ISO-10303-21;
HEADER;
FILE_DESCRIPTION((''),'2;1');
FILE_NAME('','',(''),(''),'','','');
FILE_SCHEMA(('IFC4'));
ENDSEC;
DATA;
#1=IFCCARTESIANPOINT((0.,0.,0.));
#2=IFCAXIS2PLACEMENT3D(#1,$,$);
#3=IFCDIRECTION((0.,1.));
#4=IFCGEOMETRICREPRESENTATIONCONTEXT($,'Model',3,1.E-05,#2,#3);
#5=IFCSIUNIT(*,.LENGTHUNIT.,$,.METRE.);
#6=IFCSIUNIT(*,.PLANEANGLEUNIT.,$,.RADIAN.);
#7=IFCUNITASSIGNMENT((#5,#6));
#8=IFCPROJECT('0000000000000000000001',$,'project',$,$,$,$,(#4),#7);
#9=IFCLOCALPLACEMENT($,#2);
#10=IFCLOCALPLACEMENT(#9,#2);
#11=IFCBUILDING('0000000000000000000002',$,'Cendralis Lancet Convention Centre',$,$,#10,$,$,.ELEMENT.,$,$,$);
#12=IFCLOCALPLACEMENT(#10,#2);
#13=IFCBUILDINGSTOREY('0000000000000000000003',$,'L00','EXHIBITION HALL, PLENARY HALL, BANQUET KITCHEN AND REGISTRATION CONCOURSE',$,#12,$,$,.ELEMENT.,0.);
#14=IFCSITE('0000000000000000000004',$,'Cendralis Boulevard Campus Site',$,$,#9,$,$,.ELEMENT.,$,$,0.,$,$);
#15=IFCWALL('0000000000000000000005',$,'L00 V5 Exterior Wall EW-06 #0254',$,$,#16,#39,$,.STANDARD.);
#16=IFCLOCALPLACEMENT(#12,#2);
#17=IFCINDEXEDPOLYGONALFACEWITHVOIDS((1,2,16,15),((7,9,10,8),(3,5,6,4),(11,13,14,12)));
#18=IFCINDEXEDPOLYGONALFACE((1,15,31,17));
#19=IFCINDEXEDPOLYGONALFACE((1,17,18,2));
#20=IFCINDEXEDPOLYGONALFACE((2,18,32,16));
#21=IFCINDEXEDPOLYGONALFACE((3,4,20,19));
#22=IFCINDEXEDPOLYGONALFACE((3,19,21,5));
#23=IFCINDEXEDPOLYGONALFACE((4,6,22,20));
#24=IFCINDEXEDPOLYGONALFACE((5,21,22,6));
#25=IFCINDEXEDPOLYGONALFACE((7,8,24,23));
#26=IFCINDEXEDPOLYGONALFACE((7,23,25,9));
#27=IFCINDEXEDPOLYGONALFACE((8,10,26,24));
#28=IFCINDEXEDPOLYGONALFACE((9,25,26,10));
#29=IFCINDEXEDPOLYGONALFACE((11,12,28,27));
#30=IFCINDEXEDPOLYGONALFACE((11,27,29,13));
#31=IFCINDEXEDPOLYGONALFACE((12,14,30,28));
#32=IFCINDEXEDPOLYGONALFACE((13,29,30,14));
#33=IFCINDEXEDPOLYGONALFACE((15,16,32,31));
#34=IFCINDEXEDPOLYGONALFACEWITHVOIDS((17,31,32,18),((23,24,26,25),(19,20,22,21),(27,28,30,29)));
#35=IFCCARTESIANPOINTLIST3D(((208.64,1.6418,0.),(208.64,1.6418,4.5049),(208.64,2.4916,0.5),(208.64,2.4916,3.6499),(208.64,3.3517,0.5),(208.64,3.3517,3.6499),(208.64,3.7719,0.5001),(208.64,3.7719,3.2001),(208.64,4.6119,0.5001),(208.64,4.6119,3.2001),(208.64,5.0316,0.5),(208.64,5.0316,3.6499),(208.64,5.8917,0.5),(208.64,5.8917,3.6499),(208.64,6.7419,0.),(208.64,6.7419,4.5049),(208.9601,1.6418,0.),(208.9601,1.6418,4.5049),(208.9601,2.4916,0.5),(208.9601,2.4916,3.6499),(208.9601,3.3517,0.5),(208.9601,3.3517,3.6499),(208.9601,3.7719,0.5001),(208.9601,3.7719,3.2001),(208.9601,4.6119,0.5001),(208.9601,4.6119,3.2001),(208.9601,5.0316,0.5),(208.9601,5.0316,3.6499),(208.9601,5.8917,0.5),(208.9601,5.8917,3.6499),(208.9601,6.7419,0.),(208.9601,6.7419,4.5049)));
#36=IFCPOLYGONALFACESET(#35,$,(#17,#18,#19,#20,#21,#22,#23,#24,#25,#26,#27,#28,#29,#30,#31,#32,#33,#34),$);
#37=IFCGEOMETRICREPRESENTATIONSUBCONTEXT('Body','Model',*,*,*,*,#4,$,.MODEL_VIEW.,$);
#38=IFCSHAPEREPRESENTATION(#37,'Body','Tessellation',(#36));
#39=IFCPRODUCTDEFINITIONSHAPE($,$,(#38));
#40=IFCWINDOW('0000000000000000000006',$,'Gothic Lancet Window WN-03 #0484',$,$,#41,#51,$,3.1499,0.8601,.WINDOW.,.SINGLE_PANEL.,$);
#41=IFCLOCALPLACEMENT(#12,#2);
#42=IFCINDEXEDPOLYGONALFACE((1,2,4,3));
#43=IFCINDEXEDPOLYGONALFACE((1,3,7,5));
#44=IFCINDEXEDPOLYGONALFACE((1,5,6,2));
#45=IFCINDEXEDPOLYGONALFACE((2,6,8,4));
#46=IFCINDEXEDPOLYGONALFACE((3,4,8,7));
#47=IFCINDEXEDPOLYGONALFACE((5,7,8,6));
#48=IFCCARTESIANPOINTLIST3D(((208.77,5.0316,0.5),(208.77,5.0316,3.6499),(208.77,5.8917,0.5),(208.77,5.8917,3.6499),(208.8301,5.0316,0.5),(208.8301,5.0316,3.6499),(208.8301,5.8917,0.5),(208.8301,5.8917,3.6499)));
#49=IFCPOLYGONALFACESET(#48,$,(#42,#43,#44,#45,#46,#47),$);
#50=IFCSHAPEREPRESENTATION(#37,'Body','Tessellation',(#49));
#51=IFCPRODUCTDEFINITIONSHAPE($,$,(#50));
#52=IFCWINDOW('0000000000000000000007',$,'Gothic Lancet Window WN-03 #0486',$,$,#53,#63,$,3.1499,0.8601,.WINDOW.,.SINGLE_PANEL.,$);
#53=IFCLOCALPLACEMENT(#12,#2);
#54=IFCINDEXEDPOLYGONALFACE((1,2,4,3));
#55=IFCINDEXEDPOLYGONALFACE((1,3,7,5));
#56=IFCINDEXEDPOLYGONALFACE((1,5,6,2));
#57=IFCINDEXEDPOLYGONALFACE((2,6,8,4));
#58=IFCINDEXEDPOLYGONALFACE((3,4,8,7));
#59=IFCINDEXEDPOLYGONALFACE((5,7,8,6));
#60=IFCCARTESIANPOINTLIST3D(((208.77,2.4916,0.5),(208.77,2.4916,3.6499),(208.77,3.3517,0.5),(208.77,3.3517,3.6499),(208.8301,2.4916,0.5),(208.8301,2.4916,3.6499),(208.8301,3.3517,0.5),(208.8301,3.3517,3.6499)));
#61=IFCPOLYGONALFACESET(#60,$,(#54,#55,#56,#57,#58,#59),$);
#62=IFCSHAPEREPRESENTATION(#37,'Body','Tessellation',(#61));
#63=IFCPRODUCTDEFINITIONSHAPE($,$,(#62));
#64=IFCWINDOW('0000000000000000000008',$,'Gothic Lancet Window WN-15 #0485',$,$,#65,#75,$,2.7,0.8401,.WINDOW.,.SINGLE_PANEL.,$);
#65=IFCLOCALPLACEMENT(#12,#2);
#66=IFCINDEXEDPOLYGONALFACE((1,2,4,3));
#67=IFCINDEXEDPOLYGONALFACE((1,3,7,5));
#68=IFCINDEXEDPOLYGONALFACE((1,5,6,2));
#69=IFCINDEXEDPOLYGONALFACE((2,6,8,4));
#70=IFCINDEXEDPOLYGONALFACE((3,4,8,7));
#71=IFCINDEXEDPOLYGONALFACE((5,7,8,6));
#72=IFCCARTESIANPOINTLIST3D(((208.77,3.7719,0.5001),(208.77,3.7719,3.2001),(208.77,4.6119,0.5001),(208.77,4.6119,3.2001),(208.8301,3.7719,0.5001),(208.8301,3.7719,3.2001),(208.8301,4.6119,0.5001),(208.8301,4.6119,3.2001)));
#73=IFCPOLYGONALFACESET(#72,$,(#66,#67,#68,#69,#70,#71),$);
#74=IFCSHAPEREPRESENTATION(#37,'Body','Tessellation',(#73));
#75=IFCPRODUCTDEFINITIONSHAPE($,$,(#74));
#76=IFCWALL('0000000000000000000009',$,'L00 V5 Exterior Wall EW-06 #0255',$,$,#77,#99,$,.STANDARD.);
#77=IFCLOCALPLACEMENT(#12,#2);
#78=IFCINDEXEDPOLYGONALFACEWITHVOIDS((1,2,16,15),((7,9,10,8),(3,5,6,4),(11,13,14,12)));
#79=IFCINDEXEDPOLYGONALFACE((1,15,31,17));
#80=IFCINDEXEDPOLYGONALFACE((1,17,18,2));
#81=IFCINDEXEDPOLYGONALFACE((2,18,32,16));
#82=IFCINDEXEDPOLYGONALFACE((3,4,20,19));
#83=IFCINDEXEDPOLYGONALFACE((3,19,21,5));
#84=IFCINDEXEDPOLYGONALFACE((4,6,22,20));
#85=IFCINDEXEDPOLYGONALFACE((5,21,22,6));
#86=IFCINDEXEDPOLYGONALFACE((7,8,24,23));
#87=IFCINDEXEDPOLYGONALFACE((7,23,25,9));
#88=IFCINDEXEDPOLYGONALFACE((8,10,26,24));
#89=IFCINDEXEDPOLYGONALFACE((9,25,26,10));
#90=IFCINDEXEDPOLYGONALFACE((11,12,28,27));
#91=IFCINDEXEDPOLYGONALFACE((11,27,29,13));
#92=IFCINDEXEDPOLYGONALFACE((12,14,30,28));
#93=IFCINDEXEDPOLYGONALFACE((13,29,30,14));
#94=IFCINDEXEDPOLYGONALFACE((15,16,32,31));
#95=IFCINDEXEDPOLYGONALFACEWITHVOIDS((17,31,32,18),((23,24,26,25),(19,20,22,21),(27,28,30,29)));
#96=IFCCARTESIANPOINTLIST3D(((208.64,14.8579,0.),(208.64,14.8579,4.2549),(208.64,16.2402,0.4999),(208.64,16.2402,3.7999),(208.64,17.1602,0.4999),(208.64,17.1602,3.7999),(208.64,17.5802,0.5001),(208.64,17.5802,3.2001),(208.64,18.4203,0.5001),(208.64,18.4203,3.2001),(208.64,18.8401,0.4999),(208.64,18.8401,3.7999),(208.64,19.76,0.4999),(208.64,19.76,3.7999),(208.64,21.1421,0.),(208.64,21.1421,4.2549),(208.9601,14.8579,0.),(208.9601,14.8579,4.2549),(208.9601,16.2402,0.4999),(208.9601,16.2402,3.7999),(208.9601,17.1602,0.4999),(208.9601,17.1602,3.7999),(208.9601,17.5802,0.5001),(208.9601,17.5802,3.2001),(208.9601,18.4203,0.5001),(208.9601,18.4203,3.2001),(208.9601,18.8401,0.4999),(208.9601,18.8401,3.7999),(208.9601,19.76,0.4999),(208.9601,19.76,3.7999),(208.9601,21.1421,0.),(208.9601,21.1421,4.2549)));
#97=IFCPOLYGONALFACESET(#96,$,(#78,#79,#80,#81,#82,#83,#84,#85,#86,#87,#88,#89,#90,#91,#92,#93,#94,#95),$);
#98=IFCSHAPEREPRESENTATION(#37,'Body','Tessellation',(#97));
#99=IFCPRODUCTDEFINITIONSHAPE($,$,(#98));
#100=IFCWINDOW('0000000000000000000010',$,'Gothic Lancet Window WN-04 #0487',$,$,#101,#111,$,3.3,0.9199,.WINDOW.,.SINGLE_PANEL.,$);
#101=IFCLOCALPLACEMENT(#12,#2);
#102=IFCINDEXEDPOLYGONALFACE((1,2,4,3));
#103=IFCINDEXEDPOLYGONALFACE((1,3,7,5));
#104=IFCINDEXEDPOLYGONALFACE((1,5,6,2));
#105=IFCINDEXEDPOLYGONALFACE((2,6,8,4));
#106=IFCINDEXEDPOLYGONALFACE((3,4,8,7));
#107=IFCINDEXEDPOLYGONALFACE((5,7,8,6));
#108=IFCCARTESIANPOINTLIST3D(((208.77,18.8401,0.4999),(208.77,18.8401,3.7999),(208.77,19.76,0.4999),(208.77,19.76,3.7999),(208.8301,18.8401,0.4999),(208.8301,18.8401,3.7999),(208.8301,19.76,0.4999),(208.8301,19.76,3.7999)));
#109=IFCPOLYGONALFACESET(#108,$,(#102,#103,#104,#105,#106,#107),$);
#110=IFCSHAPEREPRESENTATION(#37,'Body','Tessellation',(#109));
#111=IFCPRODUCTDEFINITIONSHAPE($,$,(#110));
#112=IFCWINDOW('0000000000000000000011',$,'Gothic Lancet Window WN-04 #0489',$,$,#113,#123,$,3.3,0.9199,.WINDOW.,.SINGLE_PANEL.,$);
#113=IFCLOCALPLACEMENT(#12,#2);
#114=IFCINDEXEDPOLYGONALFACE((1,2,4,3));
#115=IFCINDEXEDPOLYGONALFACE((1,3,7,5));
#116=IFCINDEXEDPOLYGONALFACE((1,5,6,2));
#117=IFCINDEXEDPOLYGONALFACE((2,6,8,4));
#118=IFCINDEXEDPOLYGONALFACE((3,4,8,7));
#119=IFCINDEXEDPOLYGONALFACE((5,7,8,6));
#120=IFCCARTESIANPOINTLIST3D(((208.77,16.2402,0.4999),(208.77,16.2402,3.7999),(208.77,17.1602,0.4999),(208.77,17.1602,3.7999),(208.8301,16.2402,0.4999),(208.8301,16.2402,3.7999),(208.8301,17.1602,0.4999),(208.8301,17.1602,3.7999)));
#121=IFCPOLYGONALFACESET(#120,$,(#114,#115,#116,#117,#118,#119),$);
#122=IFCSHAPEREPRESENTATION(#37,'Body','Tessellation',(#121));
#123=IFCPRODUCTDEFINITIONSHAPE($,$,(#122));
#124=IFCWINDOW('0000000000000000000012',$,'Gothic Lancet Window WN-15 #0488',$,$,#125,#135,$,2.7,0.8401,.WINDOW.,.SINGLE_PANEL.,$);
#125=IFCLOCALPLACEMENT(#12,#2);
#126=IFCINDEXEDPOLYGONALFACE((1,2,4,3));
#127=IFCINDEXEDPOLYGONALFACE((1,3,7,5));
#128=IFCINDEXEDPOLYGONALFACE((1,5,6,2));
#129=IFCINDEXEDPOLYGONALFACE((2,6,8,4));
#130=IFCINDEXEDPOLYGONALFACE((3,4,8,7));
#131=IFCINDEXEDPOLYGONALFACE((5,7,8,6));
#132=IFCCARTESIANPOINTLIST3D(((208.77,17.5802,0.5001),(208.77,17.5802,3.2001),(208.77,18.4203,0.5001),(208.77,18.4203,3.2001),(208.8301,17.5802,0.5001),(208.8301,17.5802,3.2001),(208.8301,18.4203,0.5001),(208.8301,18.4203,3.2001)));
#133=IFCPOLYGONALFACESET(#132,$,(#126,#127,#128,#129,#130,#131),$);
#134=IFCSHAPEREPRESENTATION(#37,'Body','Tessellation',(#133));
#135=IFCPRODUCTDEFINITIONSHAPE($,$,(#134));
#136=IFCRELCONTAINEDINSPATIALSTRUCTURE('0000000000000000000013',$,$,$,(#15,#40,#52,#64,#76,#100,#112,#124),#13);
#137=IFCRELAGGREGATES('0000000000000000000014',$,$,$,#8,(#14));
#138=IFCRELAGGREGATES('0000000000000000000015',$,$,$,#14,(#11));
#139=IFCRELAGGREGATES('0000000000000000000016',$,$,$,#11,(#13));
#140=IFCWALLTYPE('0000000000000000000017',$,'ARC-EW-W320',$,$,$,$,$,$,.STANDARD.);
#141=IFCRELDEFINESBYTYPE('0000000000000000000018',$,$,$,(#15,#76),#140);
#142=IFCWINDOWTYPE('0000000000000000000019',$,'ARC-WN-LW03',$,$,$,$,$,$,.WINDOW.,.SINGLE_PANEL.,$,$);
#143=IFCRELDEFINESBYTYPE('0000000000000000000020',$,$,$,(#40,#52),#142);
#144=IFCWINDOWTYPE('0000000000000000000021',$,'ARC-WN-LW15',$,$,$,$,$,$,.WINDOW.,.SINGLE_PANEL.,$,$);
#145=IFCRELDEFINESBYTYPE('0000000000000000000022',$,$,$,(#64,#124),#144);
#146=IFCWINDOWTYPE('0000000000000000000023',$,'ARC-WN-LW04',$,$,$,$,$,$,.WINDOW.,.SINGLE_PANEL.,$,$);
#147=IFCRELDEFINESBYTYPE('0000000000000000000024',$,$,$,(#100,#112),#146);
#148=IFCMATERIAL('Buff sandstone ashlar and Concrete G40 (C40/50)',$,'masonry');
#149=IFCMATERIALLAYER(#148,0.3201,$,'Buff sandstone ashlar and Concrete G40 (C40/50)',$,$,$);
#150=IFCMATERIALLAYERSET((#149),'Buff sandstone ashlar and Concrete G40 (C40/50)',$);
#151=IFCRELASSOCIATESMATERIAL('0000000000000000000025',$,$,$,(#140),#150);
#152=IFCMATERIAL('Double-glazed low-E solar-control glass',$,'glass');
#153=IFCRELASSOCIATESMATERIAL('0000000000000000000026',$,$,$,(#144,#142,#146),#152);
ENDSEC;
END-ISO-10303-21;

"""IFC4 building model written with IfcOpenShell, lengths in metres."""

from ifc_helpers import new_model, si_unit, direction, frame, frame_2d, origin, place, context, subcontext, project, spatial, rectangle, extrude, material, layer, layer_set, type_object, element, fill, save


model = new_model("IFC4")

# Units and contexts
model_context = context("Model", 3, precision=1e-05, world=origin(), true_north=direction((0.0, 1.0)))
body_context = subcontext(model_context, "Body", "Model", "MODEL_VIEW")
ifc_project = project(units=[si_unit("LENGTHUNIT", "METRE"), si_unit("PLANEANGLEUNIT", "RADIAN")], contexts=[model_context])

# Site, building, storey
site_placement = place(None, origin())
site = spatial("IfcSite", under=ifc_project, at=site_placement, Name="Cendralis Boulevard Campus Site", CompositionType="ELEMENT", RefElevation=0.0)
building_placement = place(site_placement, origin())
building = spatial("IfcBuilding", under=site, at=building_placement, Name="Cendralis Lancet Convention Centre", CompositionType="ELEMENT")
storey_placement = place(building_placement, origin())
storey = spatial("IfcBuildingStorey", under=building, at=storey_placement, Name="L00", Description="EXHIBITION HALL, PLENARY HALL, BANQUET KITCHEN AND REGISTRATION CONCOURSE", CompositionType="ELEMENT", Elevation=0.0)

# Walls, openings, windows
ifc_material_1 = material(Name="Buff sandstone ashlar and Concrete G40 (C40/50)", Category="masonry")
ifc_layer_1 = layer(ifc_material_1, 0.3201, Name="Buff sandstone ashlar and Concrete G40 (C40/50)")
ifc_layer_set_1 = layer_set([ifc_layer_1], Name="Buff sandstone ashlar and Concrete G40 (C40/50)")
wall_type_1 = type_object("IfcWallType", Name="ARC-EW-W320", PredefinedType="STANDARD", material=ifc_layer_set_1)
ifc_material_2 = material(Name="Double-glazed low-E solar-control glass", Category="glass")
window_type_1 = type_object("IfcWindowType", Name="ARC-WN-LW15", PartitioningType="SINGLE_PANEL", PredefinedType="WINDOW", material=ifc_material_2)
wall_1_placement = place(storey_placement, frame((208.8, 6.7419, 0.0), z_axis=(0.0, 0.0, 1.0), x_axis=(0.0, -1.0, 0.0)))
wall_1 = element("IfcWall", 1, at=wall_1_placement, inside=storey, type_object=wall_type_1, Name="L00 V5 Exterior Wall EW-06 #0254", PredefinedType="STANDARD", context=body_context, shape_type="SweptSolid", body=[
    extrude(rectangle(XDim=5.1001, YDim=0.3201, at=frame_2d((2.55, 0.0))), origin(), (0.0, 0.0, 1.0), 4.5049),
])
opening_1_placement = place(wall_1_placement, frame((0.8501, 0.0, 0.5)))
opening_1 = element("IfcOpeningElement", 2, at=opening_1_placement, cuts=wall_1, PredefinedType="OPENING", context=body_context, shape_type="SweptSolid", body=[
    extrude(rectangle(XDim=0.8601, YDim=3.1499, at=frame_2d((0.4302, 1.575))), frame((0.0, 0.1699, 0.0), z_axis=(0.0, -1.0, 0.0), x_axis=(1.0, 0.0, 0.0)), (0.0, 0.0, 1.0), 0.3401),
])
opening_2_placement = place(wall_1_placement, frame((2.1301, 0.0, 0.5)))
opening_2 = element("IfcOpeningElement", 3, at=opening_2_placement, cuts=wall_1, PredefinedType="OPENING", context=body_context, shape_type="SweptSolid", body=[
    extrude(rectangle(XDim=0.8401, YDim=2.7, at=frame_2d((0.4199, 1.3501))), frame((0.0, 0.1699, 0.0), z_axis=(0.0, -1.0, 0.0), x_axis=(1.0, 0.0, 0.0)), (0.0, 0.0, 1.0), 0.3401),
])
opening_3_placement = place(wall_1_placement, frame((3.3901, 0.0, 0.5)))
opening_3 = element("IfcOpeningElement", 4, at=opening_3_placement, cuts=wall_1, PredefinedType="OPENING", context=body_context, shape_type="SweptSolid", body=[
    extrude(rectangle(XDim=0.8601, YDim=3.1499, at=frame_2d((0.4302, 1.575))), frame((0.0, 0.1699, 0.0), z_axis=(0.0, -1.0, 0.0), x_axis=(1.0, 0.0, 0.0)), (0.0, 0.0, 1.0), 0.3401),
])
window_type_2 = type_object("IfcWindowType", Name="ARC-WN-LW03", PartitioningType="SINGLE_PANEL", PredefinedType="WINDOW", material=ifc_material_2)
window_1_placement = place(opening_1_placement, origin())
window_1 = element("IfcWindow", 5, at=window_1_placement, inside=storey, type_object=window_type_2, Name="Gothic Lancet Window WN-03 #0484", OverallHeight=3.1499, OverallWidth=0.8601, PartitioningType="SINGLE_PANEL", PredefinedType="WINDOW", context=body_context, shape_type="SweptSolid", body=[
    extrude(rectangle(XDim=0.8601, YDim=3.1499, at=frame_2d((0.4302, 1.575))), frame((0.0, 0.03, 0.0), z_axis=(0.0, -1.0, 0.0), x_axis=(1.0, 0.0, 0.0)), (0.0, 0.0, 1.0), 0.0601),
])
fill(opening_1, window_1)
window_2_placement = place(opening_3_placement, origin())
window_2 = element("IfcWindow", 6, at=window_2_placement, inside=storey, type_object=window_type_2, Name="Gothic Lancet Window WN-03 #0486", OverallHeight=3.1499, OverallWidth=0.8601, PartitioningType="SINGLE_PANEL", PredefinedType="WINDOW", context=body_context, shape_type="SweptSolid", body=[
    extrude(rectangle(XDim=0.8601, YDim=3.1499, at=frame_2d((0.4302, 1.575))), frame((0.0, 0.03, 0.0), z_axis=(0.0, -1.0, 0.0), x_axis=(1.0, 0.0, 0.0)), (0.0, 0.0, 1.0), 0.0601),
])
fill(opening_3, window_2)
window_3_placement = place(opening_2_placement, origin())
window_3 = element("IfcWindow", 7, at=window_3_placement, inside=storey, type_object=window_type_1, Name="Gothic Lancet Window WN-15 #0485", OverallHeight=2.7, OverallWidth=0.8401, PartitioningType="SINGLE_PANEL", PredefinedType="WINDOW", context=body_context, shape_type="SweptSolid", body=[
    extrude(rectangle(XDim=0.8401, YDim=2.7, at=frame_2d((0.4199, 1.3501))), frame((0.0, 0.03, 0.0), z_axis=(0.0, -1.0, 0.0), x_axis=(1.0, 0.0, 0.0)), (0.0, 0.0, 1.0), 0.0601),
])
fill(opening_2, window_3)
wall_2_placement = place(storey_placement, frame((208.8, 21.1421, 0.0), z_axis=(0.0, 0.0, 1.0), x_axis=(0.0, -1.0, 0.0)))
wall_2 = element("IfcWall", 8, at=wall_2_placement, inside=storey, type_object=wall_type_1, Name="L00 V5 Exterior Wall EW-06 #0255", PredefinedType="STANDARD", context=body_context, shape_type="SweptSolid", body=[
    extrude(rectangle(XDim=6.2842, YDim=0.3201, at=frame_2d((3.1421, 0.0))), origin(), (0.0, 0.0, 1.0), 4.2549),
])
opening_4_placement = place(wall_2_placement, frame((1.3821, 0.0, 0.5)))
opening_4 = element("IfcOpeningElement", 9, at=opening_4_placement, cuts=wall_2, PredefinedType="OPENING", context=body_context, shape_type="SweptSolid", body=[
    extrude(rectangle(XDim=0.9199, YDim=3.3, at=frame_2d((0.46, 1.6499))), frame((0.0, 0.1699, 0.0), z_axis=(0.0, -1.0, 0.0), x_axis=(1.0, 0.0, 0.0)), (0.0, 0.0, 1.0), 0.3401),
])
opening_5_placement = place(wall_2_placement, frame((2.7219, 0.0, 0.5)))
opening_5 = element("IfcOpeningElement", 10, at=opening_5_placement, cuts=wall_2, PredefinedType="OPENING", context=body_context, shape_type="SweptSolid", body=[
    extrude(rectangle(XDim=0.8401, YDim=2.7, at=frame_2d((0.4199, 1.3501))), frame((0.0, 0.1699, 0.0), z_axis=(0.0, -1.0, 0.0), x_axis=(1.0, 0.0, 0.0)), (0.0, 0.0, 1.0), 0.3401),
])
opening_6_placement = place(wall_2_placement, frame((3.9819, 0.0, 0.5)))
opening_6 = element("IfcOpeningElement", 11, at=opening_6_placement, cuts=wall_2, PredefinedType="OPENING", context=body_context, shape_type="SweptSolid", body=[
    extrude(rectangle(XDim=0.9199, YDim=3.3, at=frame_2d((0.46, 1.6499))), frame((0.0, 0.1699, 0.0), z_axis=(0.0, -1.0, 0.0), x_axis=(1.0, 0.0, 0.0)), (0.0, 0.0, 1.0), 0.3401),
])
window_type_3 = type_object("IfcWindowType", Name="ARC-WN-LW04", PartitioningType="SINGLE_PANEL", PredefinedType="WINDOW", material=ifc_material_2)
window_4_placement = place(opening_4_placement, origin())
window_4 = element("IfcWindow", 12, at=window_4_placement, inside=storey, type_object=window_type_3, Name="Gothic Lancet Window WN-04 #0487", OverallHeight=3.3, OverallWidth=0.9199, PartitioningType="SINGLE_PANEL", PredefinedType="WINDOW", context=body_context, shape_type="SweptSolid", body=[
    extrude(rectangle(XDim=0.9199, YDim=3.3, at=frame_2d((0.46, 1.6499))), frame((0.0, 0.03, 0.0), z_axis=(0.0, -1.0, 0.0), x_axis=(1.0, 0.0, 0.0)), (0.0, 0.0, 1.0), 0.0601),
])
fill(opening_4, window_4)
window_5_placement = place(opening_6_placement, origin())
window_5 = element("IfcWindow", 13, at=window_5_placement, inside=storey, type_object=window_type_3, Name="Gothic Lancet Window WN-04 #0489", OverallHeight=3.3, OverallWidth=0.9199, PartitioningType="SINGLE_PANEL", PredefinedType="WINDOW", context=body_context, shape_type="SweptSolid", body=[
    extrude(rectangle(XDim=0.9199, YDim=3.3, at=frame_2d((0.46, 1.6499))), frame((0.0, 0.03, 0.0), z_axis=(0.0, -1.0, 0.0), x_axis=(1.0, 0.0, 0.0)), (0.0, 0.0, 1.0), 0.0601),
])
fill(opening_6, window_5)
window_6_placement = place(opening_5_placement, origin())
window_6 = element("IfcWindow", 14, at=window_6_placement, inside=storey, type_object=window_type_1, Name="Gothic Lancet Window WN-15 #0488", OverallHeight=2.7, OverallWidth=0.8401, PartitioningType="SINGLE_PANEL", PredefinedType="WINDOW", context=body_context, shape_type="SweptSolid", body=[
    extrude(rectangle(XDim=0.8401, YDim=2.7, at=frame_2d((0.4199, 1.3501))), frame((0.0, 0.03, 0.0), z_axis=(0.0, -1.0, 0.0), x_axis=(1.0, 0.0, 0.0)), (0.0, 0.0, 1.0), 0.0601),
])
fill(opening_5, window_6)

save(model, "model.ifc")
